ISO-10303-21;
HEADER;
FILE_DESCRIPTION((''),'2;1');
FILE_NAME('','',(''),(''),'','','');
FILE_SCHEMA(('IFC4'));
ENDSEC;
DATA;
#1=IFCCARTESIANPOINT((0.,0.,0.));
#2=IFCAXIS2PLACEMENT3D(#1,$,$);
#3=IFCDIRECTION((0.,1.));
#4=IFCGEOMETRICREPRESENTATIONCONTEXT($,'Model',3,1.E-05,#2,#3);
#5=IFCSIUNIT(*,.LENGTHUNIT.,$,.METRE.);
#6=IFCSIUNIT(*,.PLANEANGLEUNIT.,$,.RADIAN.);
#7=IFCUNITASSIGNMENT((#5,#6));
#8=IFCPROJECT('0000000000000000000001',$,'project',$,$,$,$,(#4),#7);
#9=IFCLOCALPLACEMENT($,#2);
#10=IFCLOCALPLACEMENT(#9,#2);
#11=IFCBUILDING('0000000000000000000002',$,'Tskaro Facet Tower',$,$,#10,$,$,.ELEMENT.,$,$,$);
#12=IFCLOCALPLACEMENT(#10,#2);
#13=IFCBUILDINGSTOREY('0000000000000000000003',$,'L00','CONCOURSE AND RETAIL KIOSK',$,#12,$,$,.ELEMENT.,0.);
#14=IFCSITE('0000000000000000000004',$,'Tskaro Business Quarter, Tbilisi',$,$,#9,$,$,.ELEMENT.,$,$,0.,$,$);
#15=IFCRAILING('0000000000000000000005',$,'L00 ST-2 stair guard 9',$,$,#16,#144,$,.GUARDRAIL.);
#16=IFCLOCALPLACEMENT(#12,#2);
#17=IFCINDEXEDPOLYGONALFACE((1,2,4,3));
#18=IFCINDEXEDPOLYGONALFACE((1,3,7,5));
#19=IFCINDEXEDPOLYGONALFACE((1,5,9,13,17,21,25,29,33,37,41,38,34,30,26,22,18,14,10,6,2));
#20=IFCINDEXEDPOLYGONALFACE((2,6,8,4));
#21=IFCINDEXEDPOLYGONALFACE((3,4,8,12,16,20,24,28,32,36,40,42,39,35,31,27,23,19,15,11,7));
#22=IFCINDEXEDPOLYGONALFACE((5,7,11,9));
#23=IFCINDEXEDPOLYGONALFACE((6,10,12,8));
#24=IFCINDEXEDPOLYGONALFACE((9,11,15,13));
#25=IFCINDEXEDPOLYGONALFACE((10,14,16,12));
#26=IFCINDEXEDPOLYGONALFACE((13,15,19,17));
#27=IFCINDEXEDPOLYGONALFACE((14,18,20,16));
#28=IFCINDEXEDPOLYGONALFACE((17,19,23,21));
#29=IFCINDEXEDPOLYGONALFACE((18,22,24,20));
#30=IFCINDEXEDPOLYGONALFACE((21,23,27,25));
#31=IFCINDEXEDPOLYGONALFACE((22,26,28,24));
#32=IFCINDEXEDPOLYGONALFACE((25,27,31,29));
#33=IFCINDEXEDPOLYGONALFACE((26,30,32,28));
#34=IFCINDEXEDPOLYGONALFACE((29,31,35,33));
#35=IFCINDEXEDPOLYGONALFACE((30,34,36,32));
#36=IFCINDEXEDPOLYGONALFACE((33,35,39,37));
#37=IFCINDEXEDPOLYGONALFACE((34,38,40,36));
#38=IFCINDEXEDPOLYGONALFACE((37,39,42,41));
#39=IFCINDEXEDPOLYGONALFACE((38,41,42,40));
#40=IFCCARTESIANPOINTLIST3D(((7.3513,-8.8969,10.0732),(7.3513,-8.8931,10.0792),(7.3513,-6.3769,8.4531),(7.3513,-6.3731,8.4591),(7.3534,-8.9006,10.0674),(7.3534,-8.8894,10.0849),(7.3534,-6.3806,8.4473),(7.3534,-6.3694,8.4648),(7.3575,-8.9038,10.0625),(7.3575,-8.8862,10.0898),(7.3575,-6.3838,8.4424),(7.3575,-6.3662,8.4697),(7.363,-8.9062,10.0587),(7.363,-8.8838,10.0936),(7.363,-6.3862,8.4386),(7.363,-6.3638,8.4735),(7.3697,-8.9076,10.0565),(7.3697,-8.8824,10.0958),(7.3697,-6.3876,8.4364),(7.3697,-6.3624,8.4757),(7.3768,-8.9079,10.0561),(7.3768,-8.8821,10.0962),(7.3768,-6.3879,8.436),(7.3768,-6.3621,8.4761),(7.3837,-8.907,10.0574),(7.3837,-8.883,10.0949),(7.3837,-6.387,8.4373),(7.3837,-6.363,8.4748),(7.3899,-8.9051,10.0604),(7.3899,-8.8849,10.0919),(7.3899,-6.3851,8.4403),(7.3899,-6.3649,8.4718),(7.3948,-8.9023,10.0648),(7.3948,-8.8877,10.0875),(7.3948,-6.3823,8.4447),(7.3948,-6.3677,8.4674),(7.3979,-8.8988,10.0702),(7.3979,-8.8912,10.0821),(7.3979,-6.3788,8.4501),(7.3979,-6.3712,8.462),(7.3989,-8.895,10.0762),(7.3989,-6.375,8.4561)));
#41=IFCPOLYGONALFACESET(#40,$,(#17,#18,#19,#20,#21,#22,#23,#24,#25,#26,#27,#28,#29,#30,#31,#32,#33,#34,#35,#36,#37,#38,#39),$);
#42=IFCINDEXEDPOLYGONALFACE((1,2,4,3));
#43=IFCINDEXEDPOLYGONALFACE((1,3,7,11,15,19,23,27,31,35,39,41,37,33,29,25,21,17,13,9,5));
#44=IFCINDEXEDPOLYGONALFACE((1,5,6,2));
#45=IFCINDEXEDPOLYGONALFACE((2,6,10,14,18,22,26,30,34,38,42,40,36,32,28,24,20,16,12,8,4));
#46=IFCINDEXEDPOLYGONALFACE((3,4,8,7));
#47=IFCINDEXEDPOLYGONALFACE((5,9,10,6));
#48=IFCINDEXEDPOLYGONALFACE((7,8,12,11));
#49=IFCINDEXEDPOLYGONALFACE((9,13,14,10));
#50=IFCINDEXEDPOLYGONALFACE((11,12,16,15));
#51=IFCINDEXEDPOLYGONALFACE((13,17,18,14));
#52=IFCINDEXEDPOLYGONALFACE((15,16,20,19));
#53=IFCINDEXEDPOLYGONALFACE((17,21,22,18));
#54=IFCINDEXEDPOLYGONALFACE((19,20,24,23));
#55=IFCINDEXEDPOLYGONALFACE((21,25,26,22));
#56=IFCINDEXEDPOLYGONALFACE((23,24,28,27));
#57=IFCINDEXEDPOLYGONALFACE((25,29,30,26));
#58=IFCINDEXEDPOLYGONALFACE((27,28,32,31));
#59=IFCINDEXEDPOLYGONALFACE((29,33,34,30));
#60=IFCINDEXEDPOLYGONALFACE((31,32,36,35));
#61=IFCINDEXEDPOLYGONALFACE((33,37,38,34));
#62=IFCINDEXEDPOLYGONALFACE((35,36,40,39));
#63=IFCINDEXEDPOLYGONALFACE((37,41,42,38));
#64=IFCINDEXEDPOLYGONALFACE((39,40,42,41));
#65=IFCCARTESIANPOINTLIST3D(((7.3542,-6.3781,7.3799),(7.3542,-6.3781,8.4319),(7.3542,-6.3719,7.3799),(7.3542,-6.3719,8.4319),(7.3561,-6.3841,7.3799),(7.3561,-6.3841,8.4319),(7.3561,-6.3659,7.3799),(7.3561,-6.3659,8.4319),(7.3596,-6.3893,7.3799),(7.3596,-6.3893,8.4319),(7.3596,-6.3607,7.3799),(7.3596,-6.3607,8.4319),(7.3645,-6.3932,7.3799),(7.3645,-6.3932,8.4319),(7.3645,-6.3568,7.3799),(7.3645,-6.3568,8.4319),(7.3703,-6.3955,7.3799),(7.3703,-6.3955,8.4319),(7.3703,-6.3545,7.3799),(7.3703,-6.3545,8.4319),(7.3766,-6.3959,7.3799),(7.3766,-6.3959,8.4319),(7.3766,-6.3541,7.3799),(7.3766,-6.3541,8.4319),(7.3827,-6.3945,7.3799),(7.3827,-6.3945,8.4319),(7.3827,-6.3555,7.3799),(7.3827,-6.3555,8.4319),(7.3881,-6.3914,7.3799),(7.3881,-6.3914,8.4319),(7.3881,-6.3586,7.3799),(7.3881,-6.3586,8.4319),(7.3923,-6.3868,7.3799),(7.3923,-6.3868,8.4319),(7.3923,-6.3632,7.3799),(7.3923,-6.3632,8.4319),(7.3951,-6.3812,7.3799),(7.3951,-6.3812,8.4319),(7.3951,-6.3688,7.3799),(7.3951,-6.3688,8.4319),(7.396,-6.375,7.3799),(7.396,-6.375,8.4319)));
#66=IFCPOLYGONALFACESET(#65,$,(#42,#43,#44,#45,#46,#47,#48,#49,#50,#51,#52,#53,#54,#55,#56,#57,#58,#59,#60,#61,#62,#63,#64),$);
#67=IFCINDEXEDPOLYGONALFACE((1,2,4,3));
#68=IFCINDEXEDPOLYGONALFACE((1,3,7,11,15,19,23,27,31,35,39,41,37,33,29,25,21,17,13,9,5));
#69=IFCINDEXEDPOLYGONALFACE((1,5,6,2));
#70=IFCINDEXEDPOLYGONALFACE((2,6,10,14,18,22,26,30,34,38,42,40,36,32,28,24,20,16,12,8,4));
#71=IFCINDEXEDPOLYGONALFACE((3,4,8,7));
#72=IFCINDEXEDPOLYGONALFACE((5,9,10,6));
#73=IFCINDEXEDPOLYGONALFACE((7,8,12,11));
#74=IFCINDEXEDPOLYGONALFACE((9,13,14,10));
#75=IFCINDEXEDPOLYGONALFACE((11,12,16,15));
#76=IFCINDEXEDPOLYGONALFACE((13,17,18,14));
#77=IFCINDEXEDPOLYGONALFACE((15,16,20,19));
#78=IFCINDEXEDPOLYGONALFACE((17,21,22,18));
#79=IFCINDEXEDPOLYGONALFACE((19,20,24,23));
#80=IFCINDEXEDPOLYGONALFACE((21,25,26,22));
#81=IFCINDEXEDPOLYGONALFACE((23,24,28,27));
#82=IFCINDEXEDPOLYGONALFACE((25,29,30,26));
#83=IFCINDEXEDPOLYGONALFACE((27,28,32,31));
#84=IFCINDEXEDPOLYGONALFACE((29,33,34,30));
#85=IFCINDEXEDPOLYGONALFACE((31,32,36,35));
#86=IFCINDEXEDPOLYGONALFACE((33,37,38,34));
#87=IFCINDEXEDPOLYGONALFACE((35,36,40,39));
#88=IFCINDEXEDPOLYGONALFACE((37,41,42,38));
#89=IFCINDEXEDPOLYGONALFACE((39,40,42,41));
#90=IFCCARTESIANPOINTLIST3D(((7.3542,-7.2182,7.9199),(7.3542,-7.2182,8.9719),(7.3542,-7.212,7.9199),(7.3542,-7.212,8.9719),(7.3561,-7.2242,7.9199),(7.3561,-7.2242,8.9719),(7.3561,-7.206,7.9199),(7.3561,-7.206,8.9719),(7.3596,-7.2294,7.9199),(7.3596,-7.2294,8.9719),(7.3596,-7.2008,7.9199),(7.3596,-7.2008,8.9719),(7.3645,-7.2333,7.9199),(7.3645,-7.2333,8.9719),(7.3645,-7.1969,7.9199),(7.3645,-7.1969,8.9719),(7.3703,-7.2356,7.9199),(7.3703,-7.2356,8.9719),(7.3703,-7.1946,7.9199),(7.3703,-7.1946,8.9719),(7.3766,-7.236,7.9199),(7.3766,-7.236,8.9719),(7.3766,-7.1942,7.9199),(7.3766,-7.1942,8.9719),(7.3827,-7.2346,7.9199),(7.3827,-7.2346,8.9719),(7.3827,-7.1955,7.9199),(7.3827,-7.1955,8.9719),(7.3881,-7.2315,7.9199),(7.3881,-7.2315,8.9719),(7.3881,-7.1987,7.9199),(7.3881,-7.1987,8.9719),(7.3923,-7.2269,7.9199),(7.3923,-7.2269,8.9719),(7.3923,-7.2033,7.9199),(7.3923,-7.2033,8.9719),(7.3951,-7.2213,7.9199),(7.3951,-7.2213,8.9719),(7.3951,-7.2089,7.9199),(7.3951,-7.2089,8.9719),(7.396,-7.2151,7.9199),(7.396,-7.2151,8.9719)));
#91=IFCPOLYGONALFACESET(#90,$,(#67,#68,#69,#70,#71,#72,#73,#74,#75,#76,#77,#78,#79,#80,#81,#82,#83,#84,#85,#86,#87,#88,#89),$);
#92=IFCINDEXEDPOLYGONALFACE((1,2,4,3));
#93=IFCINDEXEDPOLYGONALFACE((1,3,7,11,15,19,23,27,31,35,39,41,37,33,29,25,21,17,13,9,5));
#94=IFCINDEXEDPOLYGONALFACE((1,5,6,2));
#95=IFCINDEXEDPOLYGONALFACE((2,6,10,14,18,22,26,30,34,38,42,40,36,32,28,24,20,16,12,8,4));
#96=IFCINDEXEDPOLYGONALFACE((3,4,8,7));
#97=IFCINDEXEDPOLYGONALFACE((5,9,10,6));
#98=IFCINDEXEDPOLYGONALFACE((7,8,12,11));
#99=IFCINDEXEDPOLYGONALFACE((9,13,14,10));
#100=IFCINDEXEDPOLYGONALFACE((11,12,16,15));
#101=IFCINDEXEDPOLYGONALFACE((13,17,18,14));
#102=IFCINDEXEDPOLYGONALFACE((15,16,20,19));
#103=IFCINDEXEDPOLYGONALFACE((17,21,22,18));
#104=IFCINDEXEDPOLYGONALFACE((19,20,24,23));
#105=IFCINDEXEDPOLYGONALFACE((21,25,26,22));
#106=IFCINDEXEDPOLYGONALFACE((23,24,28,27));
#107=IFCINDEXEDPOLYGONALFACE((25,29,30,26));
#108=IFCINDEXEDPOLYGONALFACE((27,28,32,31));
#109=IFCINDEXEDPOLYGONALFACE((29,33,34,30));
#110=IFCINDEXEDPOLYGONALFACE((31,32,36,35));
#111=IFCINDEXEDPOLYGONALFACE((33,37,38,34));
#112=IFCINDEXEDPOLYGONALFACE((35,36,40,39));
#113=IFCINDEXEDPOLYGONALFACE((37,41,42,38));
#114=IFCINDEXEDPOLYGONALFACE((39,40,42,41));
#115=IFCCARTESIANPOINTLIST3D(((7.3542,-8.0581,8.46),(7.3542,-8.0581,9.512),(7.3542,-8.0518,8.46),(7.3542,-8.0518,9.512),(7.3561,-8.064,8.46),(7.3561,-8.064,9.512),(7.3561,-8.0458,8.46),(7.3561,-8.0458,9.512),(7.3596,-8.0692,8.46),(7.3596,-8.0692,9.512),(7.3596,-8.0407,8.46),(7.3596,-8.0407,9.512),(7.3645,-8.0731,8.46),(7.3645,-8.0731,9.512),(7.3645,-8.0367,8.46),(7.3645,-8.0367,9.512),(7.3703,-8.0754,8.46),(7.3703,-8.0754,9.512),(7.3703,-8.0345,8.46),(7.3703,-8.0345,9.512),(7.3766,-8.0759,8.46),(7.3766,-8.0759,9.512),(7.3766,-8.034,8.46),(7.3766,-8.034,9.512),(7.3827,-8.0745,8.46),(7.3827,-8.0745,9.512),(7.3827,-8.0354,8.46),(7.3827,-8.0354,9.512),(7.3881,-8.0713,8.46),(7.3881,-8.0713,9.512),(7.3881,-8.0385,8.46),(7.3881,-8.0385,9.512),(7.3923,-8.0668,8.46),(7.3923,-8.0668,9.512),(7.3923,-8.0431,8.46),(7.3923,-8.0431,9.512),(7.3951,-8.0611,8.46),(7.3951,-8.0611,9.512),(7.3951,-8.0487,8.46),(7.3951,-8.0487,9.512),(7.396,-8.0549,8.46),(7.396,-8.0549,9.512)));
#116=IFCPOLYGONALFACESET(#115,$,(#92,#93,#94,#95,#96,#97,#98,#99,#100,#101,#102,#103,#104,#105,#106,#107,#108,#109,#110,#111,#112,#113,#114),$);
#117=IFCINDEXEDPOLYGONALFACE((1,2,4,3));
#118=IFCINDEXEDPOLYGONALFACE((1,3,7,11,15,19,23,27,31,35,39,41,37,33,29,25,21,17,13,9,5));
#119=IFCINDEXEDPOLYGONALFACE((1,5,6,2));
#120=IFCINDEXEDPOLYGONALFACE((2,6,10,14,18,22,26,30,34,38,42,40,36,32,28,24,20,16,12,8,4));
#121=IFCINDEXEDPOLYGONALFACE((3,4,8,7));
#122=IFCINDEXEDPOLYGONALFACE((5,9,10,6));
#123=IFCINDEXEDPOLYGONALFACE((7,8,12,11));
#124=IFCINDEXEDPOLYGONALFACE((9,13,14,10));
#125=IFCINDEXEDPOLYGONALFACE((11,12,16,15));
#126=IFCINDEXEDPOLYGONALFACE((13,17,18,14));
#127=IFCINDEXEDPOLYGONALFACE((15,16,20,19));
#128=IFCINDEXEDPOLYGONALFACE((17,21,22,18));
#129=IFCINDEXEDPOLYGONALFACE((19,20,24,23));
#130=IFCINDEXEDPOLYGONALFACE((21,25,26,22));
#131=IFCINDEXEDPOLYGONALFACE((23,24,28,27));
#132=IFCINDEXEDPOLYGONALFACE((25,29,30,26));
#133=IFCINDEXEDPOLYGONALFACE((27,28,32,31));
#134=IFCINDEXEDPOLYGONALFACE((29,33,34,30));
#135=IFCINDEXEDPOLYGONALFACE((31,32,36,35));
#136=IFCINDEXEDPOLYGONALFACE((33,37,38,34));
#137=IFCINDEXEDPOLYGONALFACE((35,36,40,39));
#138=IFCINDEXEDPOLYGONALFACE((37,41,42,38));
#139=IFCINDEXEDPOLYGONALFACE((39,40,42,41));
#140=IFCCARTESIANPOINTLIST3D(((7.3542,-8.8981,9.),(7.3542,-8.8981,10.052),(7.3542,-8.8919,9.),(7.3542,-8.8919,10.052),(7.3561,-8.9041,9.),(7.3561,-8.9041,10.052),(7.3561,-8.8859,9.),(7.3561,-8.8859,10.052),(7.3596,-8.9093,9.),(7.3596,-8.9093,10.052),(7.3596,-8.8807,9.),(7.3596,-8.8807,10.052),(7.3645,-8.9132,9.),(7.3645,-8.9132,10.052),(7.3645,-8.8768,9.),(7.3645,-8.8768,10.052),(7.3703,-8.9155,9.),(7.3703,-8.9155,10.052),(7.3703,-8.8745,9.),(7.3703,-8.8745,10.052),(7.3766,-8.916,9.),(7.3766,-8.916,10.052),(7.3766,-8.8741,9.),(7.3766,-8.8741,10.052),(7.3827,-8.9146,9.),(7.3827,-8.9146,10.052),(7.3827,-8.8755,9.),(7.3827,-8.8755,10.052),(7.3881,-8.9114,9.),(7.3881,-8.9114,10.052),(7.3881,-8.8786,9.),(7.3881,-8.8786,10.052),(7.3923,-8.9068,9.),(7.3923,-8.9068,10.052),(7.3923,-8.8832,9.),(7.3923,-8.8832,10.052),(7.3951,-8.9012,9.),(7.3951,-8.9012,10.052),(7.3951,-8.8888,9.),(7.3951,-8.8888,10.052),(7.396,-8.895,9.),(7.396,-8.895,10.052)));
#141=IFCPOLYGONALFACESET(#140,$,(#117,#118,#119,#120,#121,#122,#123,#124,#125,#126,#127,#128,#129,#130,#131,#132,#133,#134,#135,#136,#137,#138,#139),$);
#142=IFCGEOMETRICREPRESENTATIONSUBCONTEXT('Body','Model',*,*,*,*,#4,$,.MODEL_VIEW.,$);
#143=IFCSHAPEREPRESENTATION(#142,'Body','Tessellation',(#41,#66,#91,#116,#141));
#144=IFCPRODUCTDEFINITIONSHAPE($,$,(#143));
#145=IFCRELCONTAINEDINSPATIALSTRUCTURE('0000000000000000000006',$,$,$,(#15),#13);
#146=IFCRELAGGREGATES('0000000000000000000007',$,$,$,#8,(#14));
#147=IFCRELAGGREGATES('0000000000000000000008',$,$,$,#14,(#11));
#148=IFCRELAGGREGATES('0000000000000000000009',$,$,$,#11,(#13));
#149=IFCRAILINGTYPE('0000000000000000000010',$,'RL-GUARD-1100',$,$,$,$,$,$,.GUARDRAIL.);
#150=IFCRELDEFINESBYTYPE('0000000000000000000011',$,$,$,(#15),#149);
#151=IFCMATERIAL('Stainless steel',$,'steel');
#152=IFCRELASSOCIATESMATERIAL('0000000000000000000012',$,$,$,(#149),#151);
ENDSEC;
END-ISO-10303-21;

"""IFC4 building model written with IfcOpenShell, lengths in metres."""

from ifc_helpers import new_model, si_unit, direction, frame, origin, origin_2d, place, context, subcontext, project, spatial, circle, extrude, material, type_object, element, save


model = new_model("IFC4")

# Units and contexts
model_context = context("Model", 3, precision=1e-05, world=origin(), true_north=direction((0.0, 1.0)))
body_context = subcontext(model_context, "Body", "Model", "MODEL_VIEW")
ifc_project = project(units=[si_unit("LENGTHUNIT", "METRE"), si_unit("PLANEANGLEUNIT", "RADIAN")], contexts=[model_context])

# Site, building, storey
site_placement = place(None, origin())
site = spatial("IfcSite", under=ifc_project, at=site_placement, Name="Tskaro Business Quarter, Tbilisi", CompositionType="ELEMENT", RefElevation=0.0)
building_placement = place(site_placement, origin())
building = spatial("IfcBuilding", under=site, at=building_placement, Name="Tskaro Facet Tower", CompositionType="ELEMENT")
storey_placement = place(building_placement, origin())
storey = spatial("IfcBuildingStorey", under=building, at=storey_placement, Name="L00", Description="CONCOURSE AND RETAIL KIOSK", CompositionType="ELEMENT", Elevation=0.0)

# Railing
ifc_material_1 = material(Name="Stainless steel", Category="steel")
railing_type_1 = type_object("IfcRailingType", Name="RL-GUARD-1100", PredefinedType="GUARDRAIL", material=ifc_material_1)
railing_1_placement = place(storey_placement, frame((7.375, -6.375, 7.3799)))
element("IfcRailing", 1, at=railing_1_placement, inside=storey, type_object=railing_type_1, Name="L00 ST-2 stair guard 9", PredefinedType="GUARDRAIL", context=body_context, shape_type="SweptSolid", body=[
    extrude(circle(Radius=0.0239, at=origin_2d()), frame((0.0, 0.0, 1.0762), z_axis=(0.0, -0.841163, 0.540782), x_axis=(1.0, 0.0, 0.0)), (0.0, 0.0, 1.0), 2.9958),
    extrude(circle(Radius=0.021, at=origin_2d()), origin(), (0.0, 0.0, 1.0), 1.052),
    extrude(circle(Radius=0.021, at=origin_2d()), frame((0.0, -0.8401, 0.54)), (0.0, 0.0, 1.0), 1.052),
    extrude(circle(Radius=0.021, at=origin_2d()), frame((0.0, -1.6799, 1.0801)), (0.0, 0.0, 1.0), 1.052),
    extrude(circle(Radius=0.021, at=origin_2d()), frame((0.0, -2.52, 1.6201)), (0.0, 0.0, 1.0), 1.052),
])

save(model, "model.ifc")
